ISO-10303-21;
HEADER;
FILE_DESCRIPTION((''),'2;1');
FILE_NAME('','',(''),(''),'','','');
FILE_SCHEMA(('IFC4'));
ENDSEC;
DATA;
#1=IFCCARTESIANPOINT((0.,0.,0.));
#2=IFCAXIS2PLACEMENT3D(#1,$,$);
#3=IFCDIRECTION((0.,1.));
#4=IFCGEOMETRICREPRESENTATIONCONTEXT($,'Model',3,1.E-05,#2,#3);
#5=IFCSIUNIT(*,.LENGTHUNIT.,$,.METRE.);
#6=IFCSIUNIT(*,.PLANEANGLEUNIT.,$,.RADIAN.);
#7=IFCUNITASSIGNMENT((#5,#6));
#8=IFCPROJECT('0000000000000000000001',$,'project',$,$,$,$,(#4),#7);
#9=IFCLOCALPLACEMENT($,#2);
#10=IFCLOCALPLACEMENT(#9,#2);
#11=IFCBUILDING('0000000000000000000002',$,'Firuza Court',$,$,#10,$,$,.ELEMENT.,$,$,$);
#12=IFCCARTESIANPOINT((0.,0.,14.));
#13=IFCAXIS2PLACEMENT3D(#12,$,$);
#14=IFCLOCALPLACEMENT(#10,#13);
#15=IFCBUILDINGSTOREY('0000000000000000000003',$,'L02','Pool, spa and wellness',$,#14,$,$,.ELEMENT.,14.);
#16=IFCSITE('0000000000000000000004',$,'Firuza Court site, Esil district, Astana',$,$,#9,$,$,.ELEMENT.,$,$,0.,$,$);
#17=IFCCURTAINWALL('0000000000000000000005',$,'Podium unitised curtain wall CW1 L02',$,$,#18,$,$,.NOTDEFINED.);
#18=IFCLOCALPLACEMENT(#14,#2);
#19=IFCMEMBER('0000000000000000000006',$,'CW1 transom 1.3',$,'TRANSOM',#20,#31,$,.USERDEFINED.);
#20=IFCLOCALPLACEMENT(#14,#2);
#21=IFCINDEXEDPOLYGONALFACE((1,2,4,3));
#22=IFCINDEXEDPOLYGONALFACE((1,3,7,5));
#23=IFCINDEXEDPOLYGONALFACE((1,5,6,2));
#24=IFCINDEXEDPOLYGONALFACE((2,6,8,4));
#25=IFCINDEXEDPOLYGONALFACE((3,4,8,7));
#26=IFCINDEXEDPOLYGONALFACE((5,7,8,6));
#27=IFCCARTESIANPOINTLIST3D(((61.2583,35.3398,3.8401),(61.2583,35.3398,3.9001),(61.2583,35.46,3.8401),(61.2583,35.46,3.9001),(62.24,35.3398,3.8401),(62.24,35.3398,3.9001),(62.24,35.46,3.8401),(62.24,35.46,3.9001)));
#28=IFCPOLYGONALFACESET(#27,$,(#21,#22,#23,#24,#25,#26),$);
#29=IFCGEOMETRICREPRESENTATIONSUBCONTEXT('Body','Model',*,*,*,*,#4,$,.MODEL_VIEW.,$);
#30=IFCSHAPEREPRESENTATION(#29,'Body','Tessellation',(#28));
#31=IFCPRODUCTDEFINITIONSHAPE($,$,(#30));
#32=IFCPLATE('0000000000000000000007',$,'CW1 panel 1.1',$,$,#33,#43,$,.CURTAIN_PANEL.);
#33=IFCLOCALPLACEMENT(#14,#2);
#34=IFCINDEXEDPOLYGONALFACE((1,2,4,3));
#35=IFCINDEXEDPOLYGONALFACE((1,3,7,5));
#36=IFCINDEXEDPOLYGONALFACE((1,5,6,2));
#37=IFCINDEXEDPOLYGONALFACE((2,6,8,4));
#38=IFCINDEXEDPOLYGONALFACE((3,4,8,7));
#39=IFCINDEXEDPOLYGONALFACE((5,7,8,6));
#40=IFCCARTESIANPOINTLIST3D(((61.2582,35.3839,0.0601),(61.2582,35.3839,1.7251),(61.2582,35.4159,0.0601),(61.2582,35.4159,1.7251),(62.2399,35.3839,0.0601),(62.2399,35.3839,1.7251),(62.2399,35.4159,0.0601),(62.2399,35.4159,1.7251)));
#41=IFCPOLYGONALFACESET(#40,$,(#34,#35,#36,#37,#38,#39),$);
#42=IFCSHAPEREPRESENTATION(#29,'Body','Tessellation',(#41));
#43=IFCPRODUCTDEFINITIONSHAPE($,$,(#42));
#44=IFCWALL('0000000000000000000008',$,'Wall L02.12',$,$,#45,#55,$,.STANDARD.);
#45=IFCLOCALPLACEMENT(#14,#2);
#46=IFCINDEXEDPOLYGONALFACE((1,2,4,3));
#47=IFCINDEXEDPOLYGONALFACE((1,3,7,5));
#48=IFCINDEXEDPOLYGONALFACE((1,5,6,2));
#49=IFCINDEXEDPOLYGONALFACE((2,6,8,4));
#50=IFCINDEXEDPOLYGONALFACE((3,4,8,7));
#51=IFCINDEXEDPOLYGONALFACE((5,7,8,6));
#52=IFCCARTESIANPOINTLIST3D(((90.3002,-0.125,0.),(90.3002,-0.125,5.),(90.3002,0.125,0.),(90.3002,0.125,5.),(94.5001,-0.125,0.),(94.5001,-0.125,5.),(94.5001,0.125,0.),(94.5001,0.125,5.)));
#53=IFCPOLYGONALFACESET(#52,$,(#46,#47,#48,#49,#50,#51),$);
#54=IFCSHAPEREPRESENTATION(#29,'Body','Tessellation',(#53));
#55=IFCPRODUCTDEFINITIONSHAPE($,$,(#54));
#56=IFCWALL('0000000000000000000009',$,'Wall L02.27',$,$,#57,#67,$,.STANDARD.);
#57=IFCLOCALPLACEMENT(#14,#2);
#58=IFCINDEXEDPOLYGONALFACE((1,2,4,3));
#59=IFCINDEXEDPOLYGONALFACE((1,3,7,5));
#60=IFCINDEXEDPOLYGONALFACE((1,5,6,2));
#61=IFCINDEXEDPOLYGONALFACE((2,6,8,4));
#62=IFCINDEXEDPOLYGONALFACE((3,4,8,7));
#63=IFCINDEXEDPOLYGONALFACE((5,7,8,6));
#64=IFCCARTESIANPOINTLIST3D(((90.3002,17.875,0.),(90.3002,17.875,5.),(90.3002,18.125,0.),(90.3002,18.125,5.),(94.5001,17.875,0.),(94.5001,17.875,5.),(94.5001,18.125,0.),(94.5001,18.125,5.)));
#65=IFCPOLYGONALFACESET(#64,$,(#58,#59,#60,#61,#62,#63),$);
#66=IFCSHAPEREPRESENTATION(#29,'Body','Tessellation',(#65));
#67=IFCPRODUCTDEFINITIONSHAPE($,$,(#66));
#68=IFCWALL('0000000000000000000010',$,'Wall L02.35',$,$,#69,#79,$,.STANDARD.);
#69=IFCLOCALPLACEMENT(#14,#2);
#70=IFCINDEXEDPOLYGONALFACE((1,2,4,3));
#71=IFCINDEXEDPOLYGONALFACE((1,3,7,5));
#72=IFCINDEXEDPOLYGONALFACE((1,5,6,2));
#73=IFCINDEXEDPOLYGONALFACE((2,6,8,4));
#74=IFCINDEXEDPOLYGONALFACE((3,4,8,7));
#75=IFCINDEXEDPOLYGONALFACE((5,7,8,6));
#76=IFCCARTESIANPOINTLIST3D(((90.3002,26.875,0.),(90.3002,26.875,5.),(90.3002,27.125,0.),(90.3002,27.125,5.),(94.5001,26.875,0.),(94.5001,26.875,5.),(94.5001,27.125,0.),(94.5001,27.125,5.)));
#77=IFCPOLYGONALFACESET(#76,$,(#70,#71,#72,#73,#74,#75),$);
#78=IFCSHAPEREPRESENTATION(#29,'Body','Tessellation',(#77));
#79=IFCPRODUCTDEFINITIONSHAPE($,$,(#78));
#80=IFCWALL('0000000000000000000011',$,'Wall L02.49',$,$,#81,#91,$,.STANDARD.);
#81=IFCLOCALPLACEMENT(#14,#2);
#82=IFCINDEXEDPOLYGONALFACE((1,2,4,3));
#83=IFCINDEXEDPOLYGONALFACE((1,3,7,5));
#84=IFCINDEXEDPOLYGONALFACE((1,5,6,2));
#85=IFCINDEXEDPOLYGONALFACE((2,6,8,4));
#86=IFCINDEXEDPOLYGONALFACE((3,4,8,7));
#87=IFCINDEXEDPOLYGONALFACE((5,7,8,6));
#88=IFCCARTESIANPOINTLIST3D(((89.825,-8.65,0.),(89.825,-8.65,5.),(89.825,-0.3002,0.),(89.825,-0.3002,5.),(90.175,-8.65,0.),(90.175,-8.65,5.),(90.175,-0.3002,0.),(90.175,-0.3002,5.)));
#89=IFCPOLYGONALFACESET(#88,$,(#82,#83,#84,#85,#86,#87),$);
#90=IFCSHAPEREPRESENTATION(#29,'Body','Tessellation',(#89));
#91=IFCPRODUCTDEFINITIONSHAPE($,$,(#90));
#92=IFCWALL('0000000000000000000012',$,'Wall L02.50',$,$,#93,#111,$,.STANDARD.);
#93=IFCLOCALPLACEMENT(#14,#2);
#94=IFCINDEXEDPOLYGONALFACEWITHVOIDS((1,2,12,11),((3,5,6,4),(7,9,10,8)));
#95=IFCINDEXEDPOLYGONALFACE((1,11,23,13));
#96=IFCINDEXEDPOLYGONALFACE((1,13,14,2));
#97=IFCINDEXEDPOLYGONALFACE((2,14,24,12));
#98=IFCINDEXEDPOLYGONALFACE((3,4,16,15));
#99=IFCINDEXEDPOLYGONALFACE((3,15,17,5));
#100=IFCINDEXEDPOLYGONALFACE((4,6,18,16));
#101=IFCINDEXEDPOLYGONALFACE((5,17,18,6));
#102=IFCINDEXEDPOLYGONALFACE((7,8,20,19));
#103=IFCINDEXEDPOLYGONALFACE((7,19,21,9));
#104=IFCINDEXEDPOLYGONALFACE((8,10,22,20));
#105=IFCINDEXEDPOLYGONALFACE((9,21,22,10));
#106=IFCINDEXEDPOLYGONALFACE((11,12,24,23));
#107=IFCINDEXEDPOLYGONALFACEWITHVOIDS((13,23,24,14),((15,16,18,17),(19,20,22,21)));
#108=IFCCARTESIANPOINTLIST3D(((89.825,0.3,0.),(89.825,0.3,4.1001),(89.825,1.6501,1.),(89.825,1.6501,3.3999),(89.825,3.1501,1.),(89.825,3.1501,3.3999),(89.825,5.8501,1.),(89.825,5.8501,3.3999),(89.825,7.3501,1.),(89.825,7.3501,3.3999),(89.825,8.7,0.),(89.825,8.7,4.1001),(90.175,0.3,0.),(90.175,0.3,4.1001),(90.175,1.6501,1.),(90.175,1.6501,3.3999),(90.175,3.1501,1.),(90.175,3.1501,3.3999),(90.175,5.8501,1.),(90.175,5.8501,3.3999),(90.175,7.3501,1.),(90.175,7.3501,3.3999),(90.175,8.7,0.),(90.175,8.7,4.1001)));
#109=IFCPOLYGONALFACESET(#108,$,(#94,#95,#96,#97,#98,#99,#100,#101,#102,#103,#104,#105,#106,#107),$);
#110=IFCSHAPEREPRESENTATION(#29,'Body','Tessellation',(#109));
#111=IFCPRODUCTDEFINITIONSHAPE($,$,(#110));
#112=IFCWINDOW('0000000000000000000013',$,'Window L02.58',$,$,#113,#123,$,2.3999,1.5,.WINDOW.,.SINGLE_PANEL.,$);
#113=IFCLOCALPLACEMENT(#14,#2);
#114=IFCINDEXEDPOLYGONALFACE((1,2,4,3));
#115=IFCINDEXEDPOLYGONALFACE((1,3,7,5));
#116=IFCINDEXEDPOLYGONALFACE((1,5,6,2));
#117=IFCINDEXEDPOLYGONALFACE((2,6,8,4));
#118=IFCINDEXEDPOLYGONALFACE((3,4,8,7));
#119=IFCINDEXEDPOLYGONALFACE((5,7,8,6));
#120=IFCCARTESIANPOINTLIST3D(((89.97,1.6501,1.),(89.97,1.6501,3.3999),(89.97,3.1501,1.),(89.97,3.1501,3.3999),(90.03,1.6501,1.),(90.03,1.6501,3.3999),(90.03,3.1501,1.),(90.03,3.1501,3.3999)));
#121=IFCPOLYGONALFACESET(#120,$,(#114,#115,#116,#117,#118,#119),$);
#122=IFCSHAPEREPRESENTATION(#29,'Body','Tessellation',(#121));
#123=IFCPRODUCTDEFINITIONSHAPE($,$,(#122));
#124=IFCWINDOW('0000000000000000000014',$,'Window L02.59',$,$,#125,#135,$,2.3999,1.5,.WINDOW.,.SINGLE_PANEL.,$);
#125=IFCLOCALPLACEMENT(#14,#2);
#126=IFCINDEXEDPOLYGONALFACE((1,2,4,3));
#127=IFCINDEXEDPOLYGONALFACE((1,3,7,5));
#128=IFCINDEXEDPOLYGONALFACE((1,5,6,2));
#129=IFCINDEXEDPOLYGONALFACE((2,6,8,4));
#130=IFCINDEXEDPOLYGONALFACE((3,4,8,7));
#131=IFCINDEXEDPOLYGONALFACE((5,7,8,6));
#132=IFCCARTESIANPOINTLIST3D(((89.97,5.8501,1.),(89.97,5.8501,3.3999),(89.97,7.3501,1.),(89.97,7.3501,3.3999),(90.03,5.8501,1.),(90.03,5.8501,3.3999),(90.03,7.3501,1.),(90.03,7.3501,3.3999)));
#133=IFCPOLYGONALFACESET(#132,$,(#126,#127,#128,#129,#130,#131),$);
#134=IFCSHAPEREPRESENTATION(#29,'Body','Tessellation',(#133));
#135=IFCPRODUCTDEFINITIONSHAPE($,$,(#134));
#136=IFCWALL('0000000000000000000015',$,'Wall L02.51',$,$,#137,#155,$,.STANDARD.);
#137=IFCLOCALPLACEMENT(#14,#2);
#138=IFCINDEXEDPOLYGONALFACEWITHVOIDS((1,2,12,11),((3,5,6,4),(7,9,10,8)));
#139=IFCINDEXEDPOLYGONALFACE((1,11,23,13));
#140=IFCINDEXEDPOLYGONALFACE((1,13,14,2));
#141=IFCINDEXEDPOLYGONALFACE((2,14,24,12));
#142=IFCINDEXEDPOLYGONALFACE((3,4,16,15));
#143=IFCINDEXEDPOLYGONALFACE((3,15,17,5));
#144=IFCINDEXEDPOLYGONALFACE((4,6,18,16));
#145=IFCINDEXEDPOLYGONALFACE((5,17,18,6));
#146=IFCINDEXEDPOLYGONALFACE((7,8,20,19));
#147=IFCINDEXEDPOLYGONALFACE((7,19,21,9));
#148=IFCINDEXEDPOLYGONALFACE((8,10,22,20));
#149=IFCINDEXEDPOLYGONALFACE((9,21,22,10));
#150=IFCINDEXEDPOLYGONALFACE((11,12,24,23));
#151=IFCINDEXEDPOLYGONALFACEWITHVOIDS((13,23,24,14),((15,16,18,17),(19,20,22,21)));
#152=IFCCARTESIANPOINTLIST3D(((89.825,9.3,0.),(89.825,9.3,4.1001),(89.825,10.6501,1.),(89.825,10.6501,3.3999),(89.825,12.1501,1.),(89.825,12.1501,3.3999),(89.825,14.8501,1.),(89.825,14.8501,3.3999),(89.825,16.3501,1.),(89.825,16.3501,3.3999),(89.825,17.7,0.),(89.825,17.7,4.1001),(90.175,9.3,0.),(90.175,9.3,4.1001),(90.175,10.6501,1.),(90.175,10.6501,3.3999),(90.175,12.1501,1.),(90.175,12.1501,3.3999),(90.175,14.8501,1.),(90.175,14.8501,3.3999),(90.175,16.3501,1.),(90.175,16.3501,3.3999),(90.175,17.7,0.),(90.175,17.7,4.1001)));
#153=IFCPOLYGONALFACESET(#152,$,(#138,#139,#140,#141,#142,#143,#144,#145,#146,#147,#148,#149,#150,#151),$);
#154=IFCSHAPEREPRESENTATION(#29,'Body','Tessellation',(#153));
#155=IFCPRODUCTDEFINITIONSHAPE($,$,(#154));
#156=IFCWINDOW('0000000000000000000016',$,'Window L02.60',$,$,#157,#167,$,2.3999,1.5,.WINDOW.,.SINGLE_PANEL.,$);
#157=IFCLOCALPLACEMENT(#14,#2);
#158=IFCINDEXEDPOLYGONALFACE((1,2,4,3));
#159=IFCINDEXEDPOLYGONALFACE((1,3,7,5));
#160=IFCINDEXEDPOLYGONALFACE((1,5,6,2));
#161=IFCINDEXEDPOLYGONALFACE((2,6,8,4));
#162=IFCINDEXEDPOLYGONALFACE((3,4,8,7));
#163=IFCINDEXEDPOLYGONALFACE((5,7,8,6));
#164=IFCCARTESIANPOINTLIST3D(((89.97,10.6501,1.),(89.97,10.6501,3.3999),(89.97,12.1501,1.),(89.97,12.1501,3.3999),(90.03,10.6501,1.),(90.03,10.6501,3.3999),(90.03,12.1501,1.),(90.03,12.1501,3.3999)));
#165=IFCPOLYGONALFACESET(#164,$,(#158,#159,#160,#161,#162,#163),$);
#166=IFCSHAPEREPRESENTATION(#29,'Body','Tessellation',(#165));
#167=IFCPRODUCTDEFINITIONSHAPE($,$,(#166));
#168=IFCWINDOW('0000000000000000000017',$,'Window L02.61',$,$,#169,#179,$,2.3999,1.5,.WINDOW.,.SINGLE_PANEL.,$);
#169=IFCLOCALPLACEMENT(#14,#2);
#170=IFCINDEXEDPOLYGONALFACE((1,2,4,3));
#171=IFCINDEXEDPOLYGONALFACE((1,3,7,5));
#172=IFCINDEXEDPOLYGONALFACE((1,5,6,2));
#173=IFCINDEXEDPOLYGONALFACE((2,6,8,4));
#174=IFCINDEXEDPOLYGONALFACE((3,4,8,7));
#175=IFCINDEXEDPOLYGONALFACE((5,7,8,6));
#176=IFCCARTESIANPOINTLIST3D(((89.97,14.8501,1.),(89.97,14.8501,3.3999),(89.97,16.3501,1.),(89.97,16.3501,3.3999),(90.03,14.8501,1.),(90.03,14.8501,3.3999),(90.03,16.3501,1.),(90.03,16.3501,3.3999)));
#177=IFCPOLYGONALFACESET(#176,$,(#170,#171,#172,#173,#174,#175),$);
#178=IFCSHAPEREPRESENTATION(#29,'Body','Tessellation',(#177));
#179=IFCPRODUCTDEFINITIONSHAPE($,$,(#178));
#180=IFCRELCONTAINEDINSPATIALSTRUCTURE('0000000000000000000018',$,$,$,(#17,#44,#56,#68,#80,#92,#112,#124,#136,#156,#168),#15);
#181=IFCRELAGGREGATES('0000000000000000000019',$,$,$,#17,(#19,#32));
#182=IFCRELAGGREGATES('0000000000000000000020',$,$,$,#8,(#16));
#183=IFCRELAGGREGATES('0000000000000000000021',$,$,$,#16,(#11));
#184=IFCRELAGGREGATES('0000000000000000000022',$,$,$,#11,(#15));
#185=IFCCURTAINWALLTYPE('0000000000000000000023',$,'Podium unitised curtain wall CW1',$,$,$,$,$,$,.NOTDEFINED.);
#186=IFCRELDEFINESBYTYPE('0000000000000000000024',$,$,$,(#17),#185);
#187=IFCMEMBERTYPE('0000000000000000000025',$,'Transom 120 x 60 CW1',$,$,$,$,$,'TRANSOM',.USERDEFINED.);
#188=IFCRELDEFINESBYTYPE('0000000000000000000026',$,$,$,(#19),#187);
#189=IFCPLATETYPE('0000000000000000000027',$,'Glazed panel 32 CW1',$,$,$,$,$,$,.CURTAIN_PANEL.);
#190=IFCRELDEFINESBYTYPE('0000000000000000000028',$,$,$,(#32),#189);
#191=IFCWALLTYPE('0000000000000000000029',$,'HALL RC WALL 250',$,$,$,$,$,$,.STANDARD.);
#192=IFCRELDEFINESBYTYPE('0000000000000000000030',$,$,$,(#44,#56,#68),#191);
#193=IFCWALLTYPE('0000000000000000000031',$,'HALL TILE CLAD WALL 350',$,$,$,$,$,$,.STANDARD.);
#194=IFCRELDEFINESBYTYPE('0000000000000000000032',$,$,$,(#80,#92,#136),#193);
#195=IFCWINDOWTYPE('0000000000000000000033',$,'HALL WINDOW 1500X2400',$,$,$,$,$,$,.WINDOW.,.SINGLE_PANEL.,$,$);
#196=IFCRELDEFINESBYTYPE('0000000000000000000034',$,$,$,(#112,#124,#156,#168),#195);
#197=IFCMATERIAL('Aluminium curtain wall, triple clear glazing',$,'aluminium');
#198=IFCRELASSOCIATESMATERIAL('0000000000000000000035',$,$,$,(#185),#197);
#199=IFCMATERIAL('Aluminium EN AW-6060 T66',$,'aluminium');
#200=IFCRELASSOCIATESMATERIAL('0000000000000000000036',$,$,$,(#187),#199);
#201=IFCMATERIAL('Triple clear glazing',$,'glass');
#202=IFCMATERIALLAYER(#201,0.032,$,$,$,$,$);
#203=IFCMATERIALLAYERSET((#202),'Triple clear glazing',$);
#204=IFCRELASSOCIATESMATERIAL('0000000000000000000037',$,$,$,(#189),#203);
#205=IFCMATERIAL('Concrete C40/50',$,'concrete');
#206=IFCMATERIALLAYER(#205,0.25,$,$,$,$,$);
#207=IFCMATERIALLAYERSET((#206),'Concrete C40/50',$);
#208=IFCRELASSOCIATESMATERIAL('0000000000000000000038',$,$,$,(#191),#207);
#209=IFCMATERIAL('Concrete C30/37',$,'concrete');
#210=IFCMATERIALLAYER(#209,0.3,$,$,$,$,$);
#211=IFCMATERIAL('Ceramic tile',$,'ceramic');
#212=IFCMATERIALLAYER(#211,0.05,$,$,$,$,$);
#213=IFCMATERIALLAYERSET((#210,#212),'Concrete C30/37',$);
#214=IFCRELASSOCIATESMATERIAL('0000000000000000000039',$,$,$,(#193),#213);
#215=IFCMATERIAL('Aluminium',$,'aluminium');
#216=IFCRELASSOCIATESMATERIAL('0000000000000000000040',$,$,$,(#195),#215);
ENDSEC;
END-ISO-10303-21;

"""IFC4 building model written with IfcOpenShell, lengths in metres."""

from ifc_helpers import new_model, si_unit, direction, frame, frame_2d, origin, origin_2d, place, context, subcontext, project, spatial, rectangle, extrude, material, layer, layer_set, material_profile, profile_set, type_object, element, fill, aggregate, save


model = new_model("IFC4")

# Units and contexts
model_context = context("Model", 3, precision=1e-05, world=origin(), true_north=direction((0.0, 1.0)))
body_context = subcontext(model_context, "Body", "Model", "MODEL_VIEW")
ifc_project = project(units=[si_unit("LENGTHUNIT", "METRE"), si_unit("PLANEANGLEUNIT", "RADIAN")], contexts=[model_context])

# Site, building, storey
site_placement = place(None, origin())
site = spatial("IfcSite", under=ifc_project, at=site_placement, Name="Firuza Court site, Esil district, Astana", CompositionType="ELEMENT", RefElevation=0.0)
building_placement = place(site_placement, origin())
building = spatial("IfcBuilding", under=site, at=building_placement, Name="Firuza Court", CompositionType="ELEMENT")
storey_placement = place(building_placement, frame((0.0, 0.0, 14.0)))
storey = spatial("IfcBuildingStorey", under=building, at=storey_placement, Name="L02", Description="Pool, spa and wellness", CompositionType="ELEMENT", Elevation=14.0)

# Curtain wall
ifc_material_1 = material(Name="Aluminium curtain wall, triple clear glazing", Category="aluminium")
curtain_wall_type = type_object("IfcCurtainWallType", Name="Podium unitised curtain wall CW1", PredefinedType="NOTDEFINED", material=ifc_material_1)
curtain_wall_1_placement = place(storey_placement, origin())
curtain_wall_1 = element("IfcCurtainWall", 1, at=curtain_wall_1_placement, inside=storey, type_object=curtain_wall_type, Name="Podium unitised curtain wall CW1 L02", PredefinedType="NOTDEFINED")

# Member
ifc_material_2 = material(Name="Aluminium EN AW-6060 T66", Category="aluminium")
ifc_material_profile_1 = material_profile(ifc_material_2, rectangle(XDim=0.1201, YDim=0.0601, at=origin_2d()), Name="Transom 120 x 60 CW1")
ifc_profile_set_1 = profile_set([ifc_material_profile_1], Name="Aluminium EN AW-6060 T66")
member_type_1 = type_object("IfcMemberType", Name="Transom 120 x 60 CW1", ElementType="TRANSOM", PredefinedType="USERDEFINED", material=ifc_profile_set_1)
member_1_placement = place(storey_placement, frame((61.2583, 35.3999, 3.8701), z_axis=(1.0, 0.0, 0.0), x_axis=(0.0, 1.0, 0.0)))
member_1 = element("IfcMember", 2, at=member_1_placement, type_object=member_type_1, Name="CW1 transom 1.3", ObjectType="TRANSOM", PredefinedType="USERDEFINED", context=body_context, shape_type="SweptSolid", body=[
    extrude(rectangle(XDim=0.1201, YDim=0.0601, at=origin_2d()), origin(), (0.0, 0.0, 1.0), 0.9817),
])

# Plate
ifc_material_3 = material(Name="Triple clear glazing", Category="glass")
ifc_layer_1 = layer(ifc_material_3, 0.032)
ifc_layer_set_1 = layer_set([ifc_layer_1], Name="Triple clear glazing")
plate_type = type_object("IfcPlateType", Name="Glazed panel 32 CW1", PredefinedType="CURTAIN_PANEL", material=ifc_layer_set_1)
plate_placement = place(storey_placement, frame((61.749, 35.3999, 0.0601), z_axis=(0.0, 0.0, 1.0), x_axis=(1.0, 0.0, 0.0)))
plate = element("IfcPlate", 3, at=plate_placement, type_object=plate_type, Name="CW1 panel 1.1", PredefinedType="CURTAIN_PANEL", context=body_context, shape_type="SweptSolid", body=[
    extrude(rectangle(XDim=0.9817, YDim=0.032, at=origin_2d()), origin(), (0.0, 0.0, 1.0), 1.665),
])
aggregate(curtain_wall_1, [member_1, plate])

# Walls
ifc_material_4 = material(Name="Concrete C40/50", Category="concrete")
ifc_layer_2 = layer(ifc_material_4, 0.25)
ifc_layer_set_2 = layer_set([ifc_layer_2], Name="Concrete C40/50")
wall_type_1 = type_object("IfcWallType", Name="HALL RC WALL 250", PredefinedType="STANDARD", material=ifc_layer_set_2)
for number, where, z_axis, x_axis, name in (
    (4, (90.3, 0.0, 0.0), (0.0, 0.0, 1.0), (1.0, 0.0, 0.0), "Wall L02.12"),
    (5, (90.3, 18.0, 0.0), (0.0, 0.0, 1.0), (1.0, 0.0, 0.0), "Wall L02.27"),
    (6, (90.3, 27.0, 0.0), (0.0, 0.0, 1.0), (1.0, 0.0, 0.0), "Wall L02.35"),
):
    element("IfcWall", number, at=place(storey_placement, frame(where, z_axis=z_axis, x_axis=x_axis)), inside=storey, type_object=wall_type_1, Name=name, PredefinedType="STANDARD", context=body_context, shape_type="SweptSolid", body=[
        extrude(rectangle(XDim=4.2, YDim=0.25, at=frame_2d((2.1001, 0.0))), origin(), (0.0, 0.0, 1.0), 5.0),
    ])
ifc_material_5 = material(Name="Concrete C30/37", Category="concrete")
ifc_layer_3 = layer(ifc_material_5, 0.3)
ifc_material_6 = material(Name="Ceramic tile", Category="ceramic")
ifc_layer_4 = layer(ifc_material_6, 0.05)
ifc_layer_set_3 = layer_set([ifc_layer_3, ifc_layer_4], Name="Concrete C30/37")
wall_type_2 = type_object("IfcWallType", Name="HALL TILE CLAD WALL 350", PredefinedType="STANDARD", material=ifc_layer_set_3)
wall_1_placement = place(storey_placement, frame((90.0, -8.6499, 0.0), z_axis=(0.0, 0.0, 1.0), x_axis=(0.0, 1.0, 0.0)))
element("IfcWall", 7, at=wall_1_placement, inside=storey, type_object=wall_type_2, Name="Wall L02.49", PredefinedType="STANDARD", context=body_context, shape_type="SweptSolid", body=[
    extrude(rectangle(XDim=8.3499, YDim=0.3501, at=frame_2d((4.1748, 0.0))), origin(), (0.0, 0.0, 1.0), 5.0),
])

# Walls, openings, windows
wall_2_placement = place(storey_placement, frame((90.0, 0.3, 0.0), z_axis=(0.0, 0.0, 1.0), x_axis=(0.0, 1.0, 0.0)))
wall_2 = element("IfcWall", 8, at=wall_2_placement, inside=storey, type_object=wall_type_2, Name="Wall L02.50", PredefinedType="STANDARD", context=body_context, shape_type="SweptSolid", body=[
    extrude(rectangle(XDim=8.3999, YDim=0.3501, at=frame_2d((4.2, 0.0))), origin(), (0.0, 0.0, 1.0), 4.1001),
])
opening_1_placement = place(wall_2_placement, frame((1.3501, 0.0, 1.0)))
opening_1 = element("IfcOpeningElement", 9, at=opening_1_placement, cuts=wall_2, PredefinedType="OPENING", context=body_context, shape_type="SweptSolid", body=[
    extrude(rectangle(XDim=1.5, YDim=2.3999, at=frame_2d((0.75, 1.2))), frame((0.0, 0.187, 0.0), z_axis=(0.0, -1.0, 0.0), x_axis=(1.0, 0.0, 0.0)), (0.0, 0.0, 1.0), 0.374),
])
opening_2_placement = place(wall_2_placement, frame((5.55, 0.0, 1.0)))
opening_2 = element("IfcOpeningElement", 10, at=opening_2_placement, cuts=wall_2, PredefinedType="OPENING", context=body_context, shape_type="SweptSolid", body=[
    extrude(rectangle(XDim=1.5, YDim=2.3999, at=frame_2d((0.75, 1.2))), frame((0.0, 0.187, 0.0), z_axis=(0.0, -1.0, 0.0), x_axis=(1.0, 0.0, 0.0)), (0.0, 0.0, 1.0), 0.374),
])
ifc_material_7 = material(Name="Aluminium", Category="aluminium")
window_type = type_object("IfcWindowType", Name="HALL WINDOW 1500X2400", PartitioningType="SINGLE_PANEL", PredefinedType="WINDOW", material=ifc_material_7)
window_1_placement = place(opening_1_placement, origin())
window_1 = element("IfcWindow", 11, at=window_1_placement, inside=storey, type_object=window_type, Name="Window L02.58", OverallHeight=2.3999, OverallWidth=1.5, PartitioningType="SINGLE_PANEL", PredefinedType="WINDOW", context=body_context, shape_type="SweptSolid", body=[
    extrude(rectangle(XDim=1.5, YDim=2.3999, at=frame_2d((0.75, 1.2))), frame((0.0, 0.03, 0.0), z_axis=(0.0, -1.0, 0.0), x_axis=(1.0, 0.0, 0.0)), (0.0, 0.0, 1.0), 0.0601),
])
fill(opening_1, window_1)
window_2_placement = place(opening_2_placement, origin())
window_2 = element("IfcWindow", 12, at=window_2_placement, inside=storey, type_object=window_type, Name="Window L02.59", OverallHeight=2.3999, OverallWidth=1.5, PartitioningType="SINGLE_PANEL", PredefinedType="WINDOW", context=body_context, shape_type="SweptSolid", body=[
    extrude(rectangle(XDim=1.5, YDim=2.3999, at=frame_2d((0.75, 1.2))), frame((0.0, 0.03, 0.0), z_axis=(0.0, -1.0, 0.0), x_axis=(1.0, 0.0, 0.0)), (0.0, 0.0, 1.0), 0.0601),
])
fill(opening_2, window_2)
wall_3_placement = place(storey_placement, frame((90.0, 9.3, 0.0), z_axis=(0.0, 0.0, 1.0), x_axis=(0.0, 1.0, 0.0)))
wall_3 = element("IfcWall", 13, at=wall_3_placement, inside=storey, type_object=wall_type_2, Name="Wall L02.51", PredefinedType="STANDARD", context=body_context, shape_type="SweptSolid", body=[
    extrude(rectangle(XDim=8.3999, YDim=0.3501, at=frame_2d((4.2, 0.0))), origin(), (0.0, 0.0, 1.0), 4.1001),
])
opening_3_placement = place(wall_3_placement, frame((1.3501, 0.0, 1.0)))
opening_3 = element("IfcOpeningElement", 14, at=opening_3_placement, cuts=wall_3, PredefinedType="OPENING", context=body_context, shape_type="SweptSolid", body=[
    extrude(rectangle(XDim=1.5, YDim=2.3999, at=frame_2d((0.75, 1.2))), frame((0.0, 0.187, 0.0), z_axis=(0.0, -1.0, 0.0), x_axis=(1.0, 0.0, 0.0)), (0.0, 0.0, 1.0), 0.374),
])
opening_4_placement = place(wall_3_placement, frame((5.55, 0.0, 1.0)))
opening_4 = element("IfcOpeningElement", 15, at=opening_4_placement, cuts=wall_3, PredefinedType="OPENING", context=body_context, shape_type="SweptSolid", body=[
    extrude(rectangle(XDim=1.5, YDim=2.3999, at=frame_2d((0.75, 1.2))), frame((0.0, 0.187, 0.0), z_axis=(0.0, -1.0, 0.0), x_axis=(1.0, 0.0, 0.0)), (0.0, 0.0, 1.0), 0.374),
])
window_3_placement = place(opening_3_placement, origin())
window_3 = element("IfcWindow", 16, at=window_3_placement, inside=storey, type_object=window_type, Name="Window L02.60", OverallHeight=2.3999, OverallWidth=1.5, PartitioningType="SINGLE_PANEL", PredefinedType="WINDOW", context=body_context, shape_type="SweptSolid", body=[
    extrude(rectangle(XDim=1.5, YDim=2.3999, at=frame_2d((0.75, 1.2))), frame((0.0, 0.03, 0.0), z_axis=(0.0, -1.0, 0.0), x_axis=(1.0, 0.0, 0.0)), (0.0, 0.0, 1.0), 0.0601),
])
fill(opening_3, window_3)
window_4_placement = place(opening_4_placement, origin())
window_4 = element("IfcWindow", 17, at=window_4_placement, inside=storey, type_object=window_type, Name="Window L02.61", OverallHeight=2.3999, OverallWidth=1.5, PartitioningType="SINGLE_PANEL", PredefinedType="WINDOW", context=body_context, shape_type="SweptSolid", body=[
    extrude(rectangle(XDim=1.5, YDim=2.3999, at=frame_2d((0.75, 1.2))), frame((0.0, 0.03, 0.0), z_axis=(0.0, -1.0, 0.0), x_axis=(1.0, 0.0, 0.0)), (0.0, 0.0, 1.0), 0.0601),
])
fill(opening_4, window_4)

save(model, "model.ifc")
